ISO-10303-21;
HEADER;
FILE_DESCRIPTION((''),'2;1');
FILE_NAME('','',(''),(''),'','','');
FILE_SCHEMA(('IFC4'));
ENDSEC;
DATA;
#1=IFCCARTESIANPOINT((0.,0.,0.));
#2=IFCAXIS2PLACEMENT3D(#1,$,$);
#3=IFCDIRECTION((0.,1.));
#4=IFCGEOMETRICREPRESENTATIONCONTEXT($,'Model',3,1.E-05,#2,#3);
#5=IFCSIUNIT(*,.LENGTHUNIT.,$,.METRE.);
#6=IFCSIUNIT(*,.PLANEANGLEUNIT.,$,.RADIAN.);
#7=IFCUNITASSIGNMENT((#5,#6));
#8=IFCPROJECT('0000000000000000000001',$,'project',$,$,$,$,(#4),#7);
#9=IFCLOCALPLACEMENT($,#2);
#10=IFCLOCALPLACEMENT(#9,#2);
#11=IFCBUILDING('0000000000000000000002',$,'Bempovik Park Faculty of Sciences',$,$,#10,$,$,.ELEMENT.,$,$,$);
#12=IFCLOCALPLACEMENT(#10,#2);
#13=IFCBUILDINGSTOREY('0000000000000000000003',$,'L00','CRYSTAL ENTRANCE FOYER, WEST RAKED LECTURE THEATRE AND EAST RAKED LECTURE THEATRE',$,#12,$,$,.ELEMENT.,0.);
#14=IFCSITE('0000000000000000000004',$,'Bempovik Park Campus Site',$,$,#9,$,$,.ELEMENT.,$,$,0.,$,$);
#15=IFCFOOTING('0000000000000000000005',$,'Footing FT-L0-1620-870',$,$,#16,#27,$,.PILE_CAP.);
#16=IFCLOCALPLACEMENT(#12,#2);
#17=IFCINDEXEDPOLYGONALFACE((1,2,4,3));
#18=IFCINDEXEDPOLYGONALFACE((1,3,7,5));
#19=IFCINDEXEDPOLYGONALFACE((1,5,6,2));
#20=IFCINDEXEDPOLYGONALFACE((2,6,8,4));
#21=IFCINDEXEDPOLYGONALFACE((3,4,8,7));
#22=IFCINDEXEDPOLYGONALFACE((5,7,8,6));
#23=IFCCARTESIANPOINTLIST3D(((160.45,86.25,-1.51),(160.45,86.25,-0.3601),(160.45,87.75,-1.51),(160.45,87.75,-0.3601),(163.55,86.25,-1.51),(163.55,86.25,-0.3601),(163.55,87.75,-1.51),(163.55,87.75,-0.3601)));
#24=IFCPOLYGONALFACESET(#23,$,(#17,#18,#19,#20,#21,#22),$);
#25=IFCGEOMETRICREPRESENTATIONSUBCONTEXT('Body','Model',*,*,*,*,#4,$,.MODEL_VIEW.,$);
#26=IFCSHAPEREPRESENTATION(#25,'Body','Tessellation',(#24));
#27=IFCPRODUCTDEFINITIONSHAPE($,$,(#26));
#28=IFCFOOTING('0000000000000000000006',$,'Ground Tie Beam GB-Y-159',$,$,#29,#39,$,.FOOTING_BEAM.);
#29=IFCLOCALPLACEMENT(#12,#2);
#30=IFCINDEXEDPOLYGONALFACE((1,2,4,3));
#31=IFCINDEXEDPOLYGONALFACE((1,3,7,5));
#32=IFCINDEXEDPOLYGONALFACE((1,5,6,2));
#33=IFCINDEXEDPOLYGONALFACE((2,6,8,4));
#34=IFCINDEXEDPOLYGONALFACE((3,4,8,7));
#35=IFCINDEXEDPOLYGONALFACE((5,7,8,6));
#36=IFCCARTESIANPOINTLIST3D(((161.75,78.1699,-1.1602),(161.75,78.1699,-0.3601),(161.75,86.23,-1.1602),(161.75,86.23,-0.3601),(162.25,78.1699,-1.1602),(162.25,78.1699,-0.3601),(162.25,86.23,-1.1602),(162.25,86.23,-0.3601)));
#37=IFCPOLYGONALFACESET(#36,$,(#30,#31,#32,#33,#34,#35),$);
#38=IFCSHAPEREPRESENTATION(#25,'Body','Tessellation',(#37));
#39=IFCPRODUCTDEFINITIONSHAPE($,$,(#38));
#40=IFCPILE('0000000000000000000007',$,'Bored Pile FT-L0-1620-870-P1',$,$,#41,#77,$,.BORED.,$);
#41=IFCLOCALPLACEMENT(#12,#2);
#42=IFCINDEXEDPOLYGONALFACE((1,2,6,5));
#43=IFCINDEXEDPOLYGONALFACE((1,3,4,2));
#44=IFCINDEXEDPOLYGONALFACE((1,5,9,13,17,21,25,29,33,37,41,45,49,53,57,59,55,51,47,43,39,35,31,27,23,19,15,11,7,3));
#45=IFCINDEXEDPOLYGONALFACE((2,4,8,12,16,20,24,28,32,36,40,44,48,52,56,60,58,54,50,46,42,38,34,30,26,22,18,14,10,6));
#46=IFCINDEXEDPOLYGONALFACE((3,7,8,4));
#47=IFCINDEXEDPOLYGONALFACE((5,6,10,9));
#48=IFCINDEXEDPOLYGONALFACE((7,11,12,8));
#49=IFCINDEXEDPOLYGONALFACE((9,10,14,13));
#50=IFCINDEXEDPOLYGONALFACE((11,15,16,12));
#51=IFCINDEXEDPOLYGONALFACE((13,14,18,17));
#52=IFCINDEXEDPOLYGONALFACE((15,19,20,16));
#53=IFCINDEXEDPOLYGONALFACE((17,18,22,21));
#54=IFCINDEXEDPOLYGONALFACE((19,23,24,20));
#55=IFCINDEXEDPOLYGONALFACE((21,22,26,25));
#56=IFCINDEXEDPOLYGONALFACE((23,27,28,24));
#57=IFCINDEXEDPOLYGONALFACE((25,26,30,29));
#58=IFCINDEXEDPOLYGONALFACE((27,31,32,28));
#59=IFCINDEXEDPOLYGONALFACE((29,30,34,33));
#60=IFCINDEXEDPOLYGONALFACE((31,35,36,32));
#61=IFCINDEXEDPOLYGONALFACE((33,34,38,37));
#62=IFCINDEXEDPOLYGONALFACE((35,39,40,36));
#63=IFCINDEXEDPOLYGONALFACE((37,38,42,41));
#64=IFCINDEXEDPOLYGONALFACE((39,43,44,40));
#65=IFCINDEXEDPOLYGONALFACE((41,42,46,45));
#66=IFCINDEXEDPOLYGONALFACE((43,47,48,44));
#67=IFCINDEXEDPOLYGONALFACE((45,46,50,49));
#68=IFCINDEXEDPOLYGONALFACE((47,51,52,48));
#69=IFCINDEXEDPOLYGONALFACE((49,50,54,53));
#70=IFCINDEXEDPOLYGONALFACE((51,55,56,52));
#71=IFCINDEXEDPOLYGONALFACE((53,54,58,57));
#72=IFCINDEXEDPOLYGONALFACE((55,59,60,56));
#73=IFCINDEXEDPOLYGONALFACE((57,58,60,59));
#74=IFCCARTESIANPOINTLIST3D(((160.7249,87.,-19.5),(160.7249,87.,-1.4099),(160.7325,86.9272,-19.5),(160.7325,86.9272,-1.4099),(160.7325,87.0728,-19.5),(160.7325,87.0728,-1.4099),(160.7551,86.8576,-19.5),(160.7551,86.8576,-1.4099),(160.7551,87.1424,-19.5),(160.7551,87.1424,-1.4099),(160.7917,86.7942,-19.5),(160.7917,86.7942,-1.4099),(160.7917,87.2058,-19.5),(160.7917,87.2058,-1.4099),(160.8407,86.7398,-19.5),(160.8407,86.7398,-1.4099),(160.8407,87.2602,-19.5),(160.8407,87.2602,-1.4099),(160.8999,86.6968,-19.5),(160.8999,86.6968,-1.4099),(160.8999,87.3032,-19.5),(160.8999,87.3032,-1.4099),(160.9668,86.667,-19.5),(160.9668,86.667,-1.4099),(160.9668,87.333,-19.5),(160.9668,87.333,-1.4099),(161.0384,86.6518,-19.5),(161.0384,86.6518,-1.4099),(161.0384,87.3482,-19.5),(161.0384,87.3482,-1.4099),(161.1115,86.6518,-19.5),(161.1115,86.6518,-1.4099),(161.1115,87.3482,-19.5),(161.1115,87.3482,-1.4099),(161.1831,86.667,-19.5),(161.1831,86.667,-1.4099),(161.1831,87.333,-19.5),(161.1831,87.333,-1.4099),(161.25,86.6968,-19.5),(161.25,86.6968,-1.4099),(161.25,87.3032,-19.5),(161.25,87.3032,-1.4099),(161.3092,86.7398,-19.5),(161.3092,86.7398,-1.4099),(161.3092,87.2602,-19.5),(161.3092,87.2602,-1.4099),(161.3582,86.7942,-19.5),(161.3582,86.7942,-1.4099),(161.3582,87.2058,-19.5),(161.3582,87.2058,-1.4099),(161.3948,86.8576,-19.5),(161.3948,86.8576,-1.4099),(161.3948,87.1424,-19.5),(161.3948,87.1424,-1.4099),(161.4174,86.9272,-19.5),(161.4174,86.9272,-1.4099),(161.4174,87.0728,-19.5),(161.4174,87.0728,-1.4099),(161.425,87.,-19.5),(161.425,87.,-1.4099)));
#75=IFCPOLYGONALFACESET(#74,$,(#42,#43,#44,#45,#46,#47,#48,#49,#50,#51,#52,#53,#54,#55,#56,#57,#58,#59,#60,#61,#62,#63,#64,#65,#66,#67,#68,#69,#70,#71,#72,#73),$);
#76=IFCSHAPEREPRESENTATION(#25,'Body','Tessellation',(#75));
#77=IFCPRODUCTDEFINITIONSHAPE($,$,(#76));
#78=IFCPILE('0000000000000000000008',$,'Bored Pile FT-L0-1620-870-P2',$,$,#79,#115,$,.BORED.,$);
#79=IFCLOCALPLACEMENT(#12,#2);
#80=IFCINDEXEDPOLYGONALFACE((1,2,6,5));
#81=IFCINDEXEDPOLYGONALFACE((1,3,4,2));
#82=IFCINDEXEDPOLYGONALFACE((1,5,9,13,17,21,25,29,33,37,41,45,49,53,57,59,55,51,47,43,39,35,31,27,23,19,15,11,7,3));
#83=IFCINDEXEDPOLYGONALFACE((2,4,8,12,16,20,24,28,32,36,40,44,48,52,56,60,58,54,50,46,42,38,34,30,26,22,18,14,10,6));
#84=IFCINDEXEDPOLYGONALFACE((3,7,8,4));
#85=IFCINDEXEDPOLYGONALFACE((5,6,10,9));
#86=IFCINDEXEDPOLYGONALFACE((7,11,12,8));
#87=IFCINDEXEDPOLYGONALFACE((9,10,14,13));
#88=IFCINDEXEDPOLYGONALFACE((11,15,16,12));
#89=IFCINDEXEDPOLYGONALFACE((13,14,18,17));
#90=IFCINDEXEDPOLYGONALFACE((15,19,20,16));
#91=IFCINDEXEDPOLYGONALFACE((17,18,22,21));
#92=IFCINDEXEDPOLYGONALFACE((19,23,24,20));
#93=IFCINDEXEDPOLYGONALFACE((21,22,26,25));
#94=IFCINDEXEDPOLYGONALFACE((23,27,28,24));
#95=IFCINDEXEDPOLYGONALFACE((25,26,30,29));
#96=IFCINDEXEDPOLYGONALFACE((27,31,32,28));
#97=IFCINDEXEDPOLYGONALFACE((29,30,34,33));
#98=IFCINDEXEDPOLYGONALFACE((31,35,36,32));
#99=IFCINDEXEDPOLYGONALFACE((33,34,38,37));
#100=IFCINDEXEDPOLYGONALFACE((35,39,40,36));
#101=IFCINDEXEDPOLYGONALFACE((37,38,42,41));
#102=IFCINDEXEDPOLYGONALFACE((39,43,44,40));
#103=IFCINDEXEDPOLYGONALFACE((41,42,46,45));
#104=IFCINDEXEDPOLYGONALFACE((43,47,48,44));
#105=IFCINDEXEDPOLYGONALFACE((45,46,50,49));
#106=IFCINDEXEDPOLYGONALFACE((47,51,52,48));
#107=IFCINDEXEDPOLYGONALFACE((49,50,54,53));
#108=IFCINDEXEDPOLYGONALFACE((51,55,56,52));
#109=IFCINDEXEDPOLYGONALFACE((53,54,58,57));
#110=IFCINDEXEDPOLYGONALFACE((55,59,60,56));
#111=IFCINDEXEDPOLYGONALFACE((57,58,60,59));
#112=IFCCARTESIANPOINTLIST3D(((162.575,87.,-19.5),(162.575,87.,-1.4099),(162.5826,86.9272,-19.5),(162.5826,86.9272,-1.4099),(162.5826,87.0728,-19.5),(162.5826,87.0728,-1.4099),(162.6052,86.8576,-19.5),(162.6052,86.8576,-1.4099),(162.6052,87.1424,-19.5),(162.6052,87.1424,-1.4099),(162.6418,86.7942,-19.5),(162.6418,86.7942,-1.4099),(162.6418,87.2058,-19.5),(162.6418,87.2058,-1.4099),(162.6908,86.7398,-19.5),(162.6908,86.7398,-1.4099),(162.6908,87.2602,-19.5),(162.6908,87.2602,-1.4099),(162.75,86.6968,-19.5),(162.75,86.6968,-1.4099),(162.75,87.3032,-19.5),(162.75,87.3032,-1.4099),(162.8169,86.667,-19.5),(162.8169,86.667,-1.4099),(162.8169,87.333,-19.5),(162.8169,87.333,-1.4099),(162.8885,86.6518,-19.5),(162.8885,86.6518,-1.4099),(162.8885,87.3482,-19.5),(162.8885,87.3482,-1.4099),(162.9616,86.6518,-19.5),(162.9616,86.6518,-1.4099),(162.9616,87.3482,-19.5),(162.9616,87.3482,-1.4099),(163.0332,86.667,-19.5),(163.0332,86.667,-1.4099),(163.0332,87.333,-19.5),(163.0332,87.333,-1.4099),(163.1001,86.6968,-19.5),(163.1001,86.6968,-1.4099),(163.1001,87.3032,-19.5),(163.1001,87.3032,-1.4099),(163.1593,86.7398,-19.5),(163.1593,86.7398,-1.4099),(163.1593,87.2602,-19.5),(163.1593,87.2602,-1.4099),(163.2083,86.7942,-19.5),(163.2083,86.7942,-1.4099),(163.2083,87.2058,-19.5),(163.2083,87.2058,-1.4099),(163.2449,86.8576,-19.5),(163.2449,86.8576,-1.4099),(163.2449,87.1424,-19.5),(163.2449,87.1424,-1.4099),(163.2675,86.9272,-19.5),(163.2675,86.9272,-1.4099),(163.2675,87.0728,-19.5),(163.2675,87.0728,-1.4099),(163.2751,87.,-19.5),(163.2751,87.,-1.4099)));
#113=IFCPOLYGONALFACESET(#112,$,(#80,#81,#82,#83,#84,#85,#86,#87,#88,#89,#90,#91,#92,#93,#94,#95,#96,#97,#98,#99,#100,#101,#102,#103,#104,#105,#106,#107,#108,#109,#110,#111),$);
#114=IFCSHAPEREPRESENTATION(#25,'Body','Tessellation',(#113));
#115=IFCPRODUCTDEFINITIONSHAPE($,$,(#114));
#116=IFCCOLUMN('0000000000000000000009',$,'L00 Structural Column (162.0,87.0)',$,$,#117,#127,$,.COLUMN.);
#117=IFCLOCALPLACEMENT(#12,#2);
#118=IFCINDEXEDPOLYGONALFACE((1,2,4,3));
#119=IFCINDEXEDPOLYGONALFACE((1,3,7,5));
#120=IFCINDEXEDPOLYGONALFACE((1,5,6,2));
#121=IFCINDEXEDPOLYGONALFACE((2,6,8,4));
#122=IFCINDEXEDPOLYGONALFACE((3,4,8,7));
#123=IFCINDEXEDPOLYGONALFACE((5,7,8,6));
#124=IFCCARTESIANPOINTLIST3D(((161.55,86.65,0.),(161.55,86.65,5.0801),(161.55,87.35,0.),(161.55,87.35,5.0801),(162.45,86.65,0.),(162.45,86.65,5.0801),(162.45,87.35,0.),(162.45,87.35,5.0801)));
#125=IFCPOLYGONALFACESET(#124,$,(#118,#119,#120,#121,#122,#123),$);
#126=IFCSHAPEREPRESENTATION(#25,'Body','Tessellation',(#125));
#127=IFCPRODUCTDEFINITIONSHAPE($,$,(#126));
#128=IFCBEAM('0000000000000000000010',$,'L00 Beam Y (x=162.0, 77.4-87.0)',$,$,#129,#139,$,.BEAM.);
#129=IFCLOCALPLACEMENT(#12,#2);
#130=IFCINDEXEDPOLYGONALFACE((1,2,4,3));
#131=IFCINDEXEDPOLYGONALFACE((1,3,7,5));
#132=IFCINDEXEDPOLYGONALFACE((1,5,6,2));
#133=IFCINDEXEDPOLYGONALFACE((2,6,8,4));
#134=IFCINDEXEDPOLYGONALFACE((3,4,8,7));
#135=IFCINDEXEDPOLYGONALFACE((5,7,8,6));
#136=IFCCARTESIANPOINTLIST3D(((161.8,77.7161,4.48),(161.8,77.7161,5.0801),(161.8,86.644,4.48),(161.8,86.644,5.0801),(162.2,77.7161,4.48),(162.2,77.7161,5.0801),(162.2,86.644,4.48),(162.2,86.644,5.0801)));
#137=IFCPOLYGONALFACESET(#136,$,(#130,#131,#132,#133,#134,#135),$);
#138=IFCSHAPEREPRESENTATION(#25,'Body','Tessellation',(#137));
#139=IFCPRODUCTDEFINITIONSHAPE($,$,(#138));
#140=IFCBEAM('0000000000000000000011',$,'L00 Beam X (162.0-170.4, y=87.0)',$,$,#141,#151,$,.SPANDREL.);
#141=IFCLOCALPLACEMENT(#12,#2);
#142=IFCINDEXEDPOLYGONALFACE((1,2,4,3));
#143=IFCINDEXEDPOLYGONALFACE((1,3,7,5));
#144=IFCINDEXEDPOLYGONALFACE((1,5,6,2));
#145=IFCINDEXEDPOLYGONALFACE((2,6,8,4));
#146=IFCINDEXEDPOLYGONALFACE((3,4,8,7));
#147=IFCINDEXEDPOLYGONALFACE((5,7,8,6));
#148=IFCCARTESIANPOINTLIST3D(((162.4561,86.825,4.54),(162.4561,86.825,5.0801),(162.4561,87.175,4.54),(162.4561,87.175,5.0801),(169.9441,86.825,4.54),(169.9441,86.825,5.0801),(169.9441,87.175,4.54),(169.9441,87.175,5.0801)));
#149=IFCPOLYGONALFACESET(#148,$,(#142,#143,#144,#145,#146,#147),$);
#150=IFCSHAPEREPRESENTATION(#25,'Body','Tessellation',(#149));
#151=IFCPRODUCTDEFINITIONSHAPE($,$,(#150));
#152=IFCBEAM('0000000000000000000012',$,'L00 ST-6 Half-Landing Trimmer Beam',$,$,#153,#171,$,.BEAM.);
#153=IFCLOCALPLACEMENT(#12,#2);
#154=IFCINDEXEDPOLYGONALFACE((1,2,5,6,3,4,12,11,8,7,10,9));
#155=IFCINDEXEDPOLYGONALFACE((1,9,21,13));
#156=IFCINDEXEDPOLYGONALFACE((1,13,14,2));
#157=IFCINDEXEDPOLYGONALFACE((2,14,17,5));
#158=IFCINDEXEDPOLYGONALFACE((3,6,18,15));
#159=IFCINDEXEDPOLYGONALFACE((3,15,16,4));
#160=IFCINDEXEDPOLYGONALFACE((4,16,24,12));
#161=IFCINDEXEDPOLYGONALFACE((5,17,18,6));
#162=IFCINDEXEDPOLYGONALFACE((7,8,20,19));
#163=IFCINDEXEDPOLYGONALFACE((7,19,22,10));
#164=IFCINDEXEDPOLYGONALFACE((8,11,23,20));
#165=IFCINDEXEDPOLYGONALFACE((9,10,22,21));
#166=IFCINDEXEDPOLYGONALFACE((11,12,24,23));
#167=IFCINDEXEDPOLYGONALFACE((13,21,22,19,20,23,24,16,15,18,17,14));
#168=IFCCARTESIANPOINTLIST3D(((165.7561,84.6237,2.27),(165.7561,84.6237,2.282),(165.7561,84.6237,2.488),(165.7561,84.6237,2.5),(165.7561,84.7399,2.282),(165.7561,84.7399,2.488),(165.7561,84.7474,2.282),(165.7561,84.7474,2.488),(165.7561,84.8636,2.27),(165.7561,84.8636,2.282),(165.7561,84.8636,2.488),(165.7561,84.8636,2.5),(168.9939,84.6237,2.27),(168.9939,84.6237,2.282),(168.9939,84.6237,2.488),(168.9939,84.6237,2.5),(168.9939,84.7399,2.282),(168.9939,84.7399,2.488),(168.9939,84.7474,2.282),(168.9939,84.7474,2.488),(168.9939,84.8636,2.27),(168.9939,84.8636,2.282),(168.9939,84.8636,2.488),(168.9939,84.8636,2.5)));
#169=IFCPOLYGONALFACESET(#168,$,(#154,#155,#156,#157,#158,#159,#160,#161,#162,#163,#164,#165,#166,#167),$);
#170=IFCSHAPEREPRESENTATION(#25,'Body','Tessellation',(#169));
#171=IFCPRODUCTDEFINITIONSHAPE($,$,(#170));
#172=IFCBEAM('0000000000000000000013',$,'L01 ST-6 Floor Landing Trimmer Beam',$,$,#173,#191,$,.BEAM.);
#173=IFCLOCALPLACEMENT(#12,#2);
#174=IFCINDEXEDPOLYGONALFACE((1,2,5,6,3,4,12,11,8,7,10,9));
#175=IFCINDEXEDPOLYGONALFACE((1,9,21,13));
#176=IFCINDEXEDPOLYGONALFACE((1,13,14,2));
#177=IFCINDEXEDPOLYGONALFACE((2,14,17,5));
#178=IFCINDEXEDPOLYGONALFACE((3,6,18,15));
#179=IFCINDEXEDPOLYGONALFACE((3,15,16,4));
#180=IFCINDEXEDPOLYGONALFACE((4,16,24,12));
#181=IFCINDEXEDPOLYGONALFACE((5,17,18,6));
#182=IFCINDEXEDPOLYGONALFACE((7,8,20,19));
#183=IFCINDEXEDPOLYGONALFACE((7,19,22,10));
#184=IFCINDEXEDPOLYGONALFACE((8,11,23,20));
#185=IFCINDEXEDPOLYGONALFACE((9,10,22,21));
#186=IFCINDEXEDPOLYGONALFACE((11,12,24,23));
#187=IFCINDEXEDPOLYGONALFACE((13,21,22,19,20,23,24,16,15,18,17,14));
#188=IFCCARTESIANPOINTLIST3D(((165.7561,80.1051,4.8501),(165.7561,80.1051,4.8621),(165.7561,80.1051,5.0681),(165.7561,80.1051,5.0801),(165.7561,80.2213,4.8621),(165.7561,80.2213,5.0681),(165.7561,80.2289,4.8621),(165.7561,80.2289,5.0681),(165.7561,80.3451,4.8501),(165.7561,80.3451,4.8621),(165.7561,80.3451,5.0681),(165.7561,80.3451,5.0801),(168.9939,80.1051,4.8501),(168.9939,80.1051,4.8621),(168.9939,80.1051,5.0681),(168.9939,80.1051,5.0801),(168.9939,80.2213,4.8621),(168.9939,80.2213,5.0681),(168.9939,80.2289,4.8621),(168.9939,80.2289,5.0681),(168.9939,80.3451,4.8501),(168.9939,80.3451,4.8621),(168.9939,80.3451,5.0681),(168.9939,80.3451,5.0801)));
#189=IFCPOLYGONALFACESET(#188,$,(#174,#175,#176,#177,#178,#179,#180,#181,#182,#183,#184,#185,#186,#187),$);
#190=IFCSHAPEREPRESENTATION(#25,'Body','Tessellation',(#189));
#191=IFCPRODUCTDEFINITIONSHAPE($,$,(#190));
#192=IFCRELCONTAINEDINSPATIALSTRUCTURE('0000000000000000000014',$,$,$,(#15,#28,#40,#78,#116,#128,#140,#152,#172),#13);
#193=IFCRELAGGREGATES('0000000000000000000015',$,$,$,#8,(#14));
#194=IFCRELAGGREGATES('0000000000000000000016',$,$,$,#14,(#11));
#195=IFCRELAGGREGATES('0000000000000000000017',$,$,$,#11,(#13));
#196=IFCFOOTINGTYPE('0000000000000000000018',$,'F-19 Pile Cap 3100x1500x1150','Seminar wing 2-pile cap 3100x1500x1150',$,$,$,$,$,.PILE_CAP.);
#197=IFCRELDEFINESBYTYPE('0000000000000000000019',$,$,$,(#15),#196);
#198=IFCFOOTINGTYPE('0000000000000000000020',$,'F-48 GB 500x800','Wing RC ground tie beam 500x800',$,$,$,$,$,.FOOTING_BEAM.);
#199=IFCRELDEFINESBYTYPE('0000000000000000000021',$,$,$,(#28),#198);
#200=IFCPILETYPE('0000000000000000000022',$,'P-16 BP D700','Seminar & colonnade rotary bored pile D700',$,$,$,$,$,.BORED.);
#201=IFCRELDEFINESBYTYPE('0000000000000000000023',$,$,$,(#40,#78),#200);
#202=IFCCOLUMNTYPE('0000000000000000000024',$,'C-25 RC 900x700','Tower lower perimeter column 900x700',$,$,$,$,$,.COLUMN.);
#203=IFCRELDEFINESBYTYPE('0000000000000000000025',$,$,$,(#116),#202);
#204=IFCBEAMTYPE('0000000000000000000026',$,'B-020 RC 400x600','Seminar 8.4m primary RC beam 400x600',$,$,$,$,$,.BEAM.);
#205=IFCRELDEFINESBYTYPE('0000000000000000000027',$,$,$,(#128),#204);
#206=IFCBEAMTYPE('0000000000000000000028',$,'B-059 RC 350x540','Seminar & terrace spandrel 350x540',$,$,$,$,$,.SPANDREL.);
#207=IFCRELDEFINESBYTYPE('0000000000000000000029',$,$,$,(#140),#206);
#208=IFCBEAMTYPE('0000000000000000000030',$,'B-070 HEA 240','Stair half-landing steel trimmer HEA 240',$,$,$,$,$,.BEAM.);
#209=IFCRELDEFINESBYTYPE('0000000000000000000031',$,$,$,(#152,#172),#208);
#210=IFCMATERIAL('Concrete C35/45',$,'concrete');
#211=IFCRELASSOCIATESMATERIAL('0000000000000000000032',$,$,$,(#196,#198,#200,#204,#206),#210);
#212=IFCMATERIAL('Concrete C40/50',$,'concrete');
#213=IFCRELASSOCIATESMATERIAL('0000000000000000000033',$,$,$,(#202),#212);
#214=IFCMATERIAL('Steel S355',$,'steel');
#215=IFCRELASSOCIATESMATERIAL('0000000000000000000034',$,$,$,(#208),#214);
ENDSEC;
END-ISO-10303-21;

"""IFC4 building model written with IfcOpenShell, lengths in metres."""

from ifc_helpers import new_model, si_unit, direction, frame, origin, origin_2d, place, context, subcontext, project, spatial, rectangle, circle, i_section, extrude, material, material_profile, profile_set, type_object, element, save


model = new_model("IFC4")

# Units and contexts
model_context = context("Model", 3, precision=1e-05, world=origin(), true_north=direction((0.0, 1.0)))
body_context = subcontext(model_context, "Body", "Model", "MODEL_VIEW")
ifc_project = project(units=[si_unit("LENGTHUNIT", "METRE"), si_unit("PLANEANGLEUNIT", "RADIAN")], contexts=[model_context])

# Site, building, storey
site_placement = place(None, origin())
site = spatial("IfcSite", under=ifc_project, at=site_placement, Name="Bempovik Park Campus Site", CompositionType="ELEMENT", RefElevation=0.0)
building_placement = place(site_placement, origin())
building = spatial("IfcBuilding", under=site, at=building_placement, Name="Bempovik Park Faculty of Sciences", CompositionType="ELEMENT")
storey_placement = place(building_placement, origin())
storey = spatial("IfcBuildingStorey", under=building, at=storey_placement, Name="L00", Description="CRYSTAL ENTRANCE FOYER, WEST RAKED LECTURE THEATRE AND EAST RAKED LECTURE THEATRE", CompositionType="ELEMENT", Elevation=0.0)

# Footings
ifc_material_1 = material(Name="Concrete C35/45", Category="concrete")
footing_type_1 = type_object("IfcFootingType", Name="F-19 Pile Cap 3100x1500x1150", Description="Seminar wing 2-pile cap 3100x1500x1150", PredefinedType="PILE_CAP", material=ifc_material_1)
footing_1_placement = place(storey_placement, frame((162.0, 87.0, -1.51), z_axis=(0.0, 0.0, 1.0), x_axis=(1.0, 0.0, 0.0)))
element("IfcFooting", 1, at=footing_1_placement, inside=storey, type_object=footing_type_1, Name="Footing FT-L0-1620-870", PredefinedType="PILE_CAP", context=body_context, shape_type="SweptSolid", body=[
    extrude(rectangle(XDim=3.1001, YDim=1.5, at=origin_2d()), origin(), (0.0, 0.0, 1.0), 1.1499),
])
footing_type_2 = type_object("IfcFootingType", Name="F-48 GB 500x800", Description="Wing RC ground tie beam 500x800", PredefinedType="FOOTING_BEAM", material=ifc_material_1)
footing_2_placement = place(storey_placement, frame((162.0, 82.2, -1.1602), z_axis=(0.0, 0.0, 1.0), x_axis=(1.0, 0.0, 0.0)))
element("IfcFooting", 2, at=footing_2_placement, inside=storey, type_object=footing_type_2, Name="Ground Tie Beam GB-Y-159", PredefinedType="FOOTING_BEAM", context=body_context, shape_type="SweptSolid", body=[
    extrude(rectangle(XDim=0.5, YDim=8.0601, at=origin_2d()), origin(), (0.0, 0.0, 1.0), 0.8),
])

# Piles
ifc_material_profile_1 = material_profile(ifc_material_1, circle(Radius=0.3501, at=origin_2d()), Name="BP D700")
ifc_profile_set_1 = profile_set([ifc_material_profile_1], Name="Concrete C35/45")
pile_type = type_object("IfcPileType", Name="P-16 BP D700", Description="Seminar & colonnade rotary bored pile D700", PredefinedType="BORED", material=ifc_profile_set_1)
for number, where, z_axis, x_axis, name in (
    (3, (161.075, 87.0, -1.4099), (0.0, 0.0, -1.0), (1.0, 0.0, 0.0), "Bored Pile FT-L0-1620-870-P1"),
    (4, (162.925, 87.0, -1.4099), (0.0, 0.0, -1.0), (1.0, 0.0, 0.0), "Bored Pile FT-L0-1620-870-P2"),
):
    element("IfcPile", number, at=place(storey_placement, frame(where, z_axis=z_axis, x_axis=x_axis)), inside=storey, type_object=pile_type, Name=name, PredefinedType="BORED", context=body_context, shape_type="SweptSolid", body=[
        extrude(circle(Radius=0.3501, at=origin_2d()), origin(), (0.0, 0.0, 1.0), 18.0901),
    ])

# Column
ifc_material_2 = material(Name="Concrete C40/50", Category="concrete")
ifc_material_profile_2 = material_profile(ifc_material_2, rectangle(XDim=0.8999, YDim=0.7, at=origin_2d()), Name="RC 900x700")
ifc_profile_set_2 = profile_set([ifc_material_profile_2], Name="Concrete C40/50")
column_type = type_object("IfcColumnType", Name="C-25 RC 900x700", Description="Tower lower perimeter column 900x700", PredefinedType="COLUMN", material=ifc_profile_set_2)
column_placement = place(storey_placement, frame((162.0, 87.0, 0.0), z_axis=(0.0, 0.0, 1.0), x_axis=(1.0, 0.0, 0.0)))
element("IfcColumn", 5, at=column_placement, inside=storey, type_object=column_type, Name="L00 Structural Column (162.0,87.0)", PredefinedType="COLUMN", context=body_context, shape_type="SweptSolid", body=[
    extrude(rectangle(XDim=0.8999, YDim=0.7, at=origin_2d()), origin(), (0.0, 0.0, 1.0), 5.0801),
])

# Beams
ifc_material_profile_3 = material_profile(ifc_material_1, rectangle(XDim=0.3999, YDim=0.6001, at=origin_2d()), Name="RC 400x600")
ifc_profile_set_3 = profile_set([ifc_material_profile_3], Name="Concrete C35/45")
beam_type_1 = type_object("IfcBeamType", Name="B-020 RC 400x600", Description="Seminar 8.4m primary RC beam 400x600", PredefinedType="BEAM", material=ifc_profile_set_3)
beam_1_placement = place(storey_placement, frame((162.0, 77.7161, 4.78), z_axis=(0.0, 1.0, 0.0), x_axis=(-1.0, 0.0, 0.0)))
element("IfcBeam", 6, at=beam_1_placement, inside=storey, type_object=beam_type_1, Name="L00 Beam Y (x=162.0, 77.4-87.0)", PredefinedType="BEAM", context=body_context, shape_type="SweptSolid", body=[
    extrude(rectangle(XDim=0.3999, YDim=0.6001, at=origin_2d()), origin(), (0.0, 0.0, 1.0), 8.928),
])
ifc_material_profile_4 = material_profile(ifc_material_1, rectangle(XDim=0.3501, YDim=0.54, at=origin_2d()), Name="RC 350x540")
ifc_profile_set_4 = profile_set([ifc_material_profile_4], Name="Concrete C35/45")
beam_type_2 = type_object("IfcBeamType", Name="B-059 RC 350x540", Description="Seminar & terrace spandrel 350x540", PredefinedType="SPANDREL", material=ifc_profile_set_4)
beam_2_placement = place(storey_placement, frame((162.4561, 87.0, 4.8101), z_axis=(1.0, 0.0, 0.0), x_axis=(0.0, 1.0, 0.0)))
element("IfcBeam", 7, at=beam_2_placement, inside=storey, type_object=beam_type_2, Name="L00 Beam X (162.0-170.4, y=87.0)", PredefinedType="SPANDREL", context=body_context, shape_type="SweptSolid", body=[
    extrude(rectangle(XDim=0.3501, YDim=0.54, at=origin_2d()), origin(), (0.0, 0.0, 1.0), 7.488),
])
ifc_material_3 = material(Name="Steel S355", Category="steel")
ifc_material_profile_5 = material_profile(ifc_material_3, i_section(OverallWidth=0.24, OverallDepth=0.23, WebThickness=0.0076, FlangeThickness=0.012, at=origin_2d()), Name="HEA 240")
ifc_profile_set_5 = profile_set([ifc_material_profile_5], Name="Steel S355")
beam_type_3 = type_object("IfcBeamType", Name="B-070 HEA 240", Description="Stair half-landing steel trimmer HEA 240", PredefinedType="BEAM", material=ifc_profile_set_5)
for number, where, z_axis, x_axis, name in (
    (8, (165.7561, 84.7437, 2.385), (1.0, 0.0, 0.0), (0.0, 1.0, 0.0), "L00 ST-6 Half-Landing Trimmer Beam"),
    (9, (165.7561, 80.2251, 4.9651), (1.0, 0.0, 0.0), (0.0, 1.0, 0.0), "L01 ST-6 Floor Landing Trimmer Beam"),
):
    element("IfcBeam", number, at=place(storey_placement, frame(where, z_axis=z_axis, x_axis=x_axis)), inside=storey, type_object=beam_type_3, Name=name, PredefinedType="BEAM", context=body_context, shape_type="SweptSolid", body=[
        extrude(i_section(OverallWidth=0.24, OverallDepth=0.23, WebThickness=0.0076, FlangeThickness=0.012, at=origin_2d()), origin(), (0.0, 0.0, 1.0), 3.2378),
    ])

save(model, "model.ifc")
